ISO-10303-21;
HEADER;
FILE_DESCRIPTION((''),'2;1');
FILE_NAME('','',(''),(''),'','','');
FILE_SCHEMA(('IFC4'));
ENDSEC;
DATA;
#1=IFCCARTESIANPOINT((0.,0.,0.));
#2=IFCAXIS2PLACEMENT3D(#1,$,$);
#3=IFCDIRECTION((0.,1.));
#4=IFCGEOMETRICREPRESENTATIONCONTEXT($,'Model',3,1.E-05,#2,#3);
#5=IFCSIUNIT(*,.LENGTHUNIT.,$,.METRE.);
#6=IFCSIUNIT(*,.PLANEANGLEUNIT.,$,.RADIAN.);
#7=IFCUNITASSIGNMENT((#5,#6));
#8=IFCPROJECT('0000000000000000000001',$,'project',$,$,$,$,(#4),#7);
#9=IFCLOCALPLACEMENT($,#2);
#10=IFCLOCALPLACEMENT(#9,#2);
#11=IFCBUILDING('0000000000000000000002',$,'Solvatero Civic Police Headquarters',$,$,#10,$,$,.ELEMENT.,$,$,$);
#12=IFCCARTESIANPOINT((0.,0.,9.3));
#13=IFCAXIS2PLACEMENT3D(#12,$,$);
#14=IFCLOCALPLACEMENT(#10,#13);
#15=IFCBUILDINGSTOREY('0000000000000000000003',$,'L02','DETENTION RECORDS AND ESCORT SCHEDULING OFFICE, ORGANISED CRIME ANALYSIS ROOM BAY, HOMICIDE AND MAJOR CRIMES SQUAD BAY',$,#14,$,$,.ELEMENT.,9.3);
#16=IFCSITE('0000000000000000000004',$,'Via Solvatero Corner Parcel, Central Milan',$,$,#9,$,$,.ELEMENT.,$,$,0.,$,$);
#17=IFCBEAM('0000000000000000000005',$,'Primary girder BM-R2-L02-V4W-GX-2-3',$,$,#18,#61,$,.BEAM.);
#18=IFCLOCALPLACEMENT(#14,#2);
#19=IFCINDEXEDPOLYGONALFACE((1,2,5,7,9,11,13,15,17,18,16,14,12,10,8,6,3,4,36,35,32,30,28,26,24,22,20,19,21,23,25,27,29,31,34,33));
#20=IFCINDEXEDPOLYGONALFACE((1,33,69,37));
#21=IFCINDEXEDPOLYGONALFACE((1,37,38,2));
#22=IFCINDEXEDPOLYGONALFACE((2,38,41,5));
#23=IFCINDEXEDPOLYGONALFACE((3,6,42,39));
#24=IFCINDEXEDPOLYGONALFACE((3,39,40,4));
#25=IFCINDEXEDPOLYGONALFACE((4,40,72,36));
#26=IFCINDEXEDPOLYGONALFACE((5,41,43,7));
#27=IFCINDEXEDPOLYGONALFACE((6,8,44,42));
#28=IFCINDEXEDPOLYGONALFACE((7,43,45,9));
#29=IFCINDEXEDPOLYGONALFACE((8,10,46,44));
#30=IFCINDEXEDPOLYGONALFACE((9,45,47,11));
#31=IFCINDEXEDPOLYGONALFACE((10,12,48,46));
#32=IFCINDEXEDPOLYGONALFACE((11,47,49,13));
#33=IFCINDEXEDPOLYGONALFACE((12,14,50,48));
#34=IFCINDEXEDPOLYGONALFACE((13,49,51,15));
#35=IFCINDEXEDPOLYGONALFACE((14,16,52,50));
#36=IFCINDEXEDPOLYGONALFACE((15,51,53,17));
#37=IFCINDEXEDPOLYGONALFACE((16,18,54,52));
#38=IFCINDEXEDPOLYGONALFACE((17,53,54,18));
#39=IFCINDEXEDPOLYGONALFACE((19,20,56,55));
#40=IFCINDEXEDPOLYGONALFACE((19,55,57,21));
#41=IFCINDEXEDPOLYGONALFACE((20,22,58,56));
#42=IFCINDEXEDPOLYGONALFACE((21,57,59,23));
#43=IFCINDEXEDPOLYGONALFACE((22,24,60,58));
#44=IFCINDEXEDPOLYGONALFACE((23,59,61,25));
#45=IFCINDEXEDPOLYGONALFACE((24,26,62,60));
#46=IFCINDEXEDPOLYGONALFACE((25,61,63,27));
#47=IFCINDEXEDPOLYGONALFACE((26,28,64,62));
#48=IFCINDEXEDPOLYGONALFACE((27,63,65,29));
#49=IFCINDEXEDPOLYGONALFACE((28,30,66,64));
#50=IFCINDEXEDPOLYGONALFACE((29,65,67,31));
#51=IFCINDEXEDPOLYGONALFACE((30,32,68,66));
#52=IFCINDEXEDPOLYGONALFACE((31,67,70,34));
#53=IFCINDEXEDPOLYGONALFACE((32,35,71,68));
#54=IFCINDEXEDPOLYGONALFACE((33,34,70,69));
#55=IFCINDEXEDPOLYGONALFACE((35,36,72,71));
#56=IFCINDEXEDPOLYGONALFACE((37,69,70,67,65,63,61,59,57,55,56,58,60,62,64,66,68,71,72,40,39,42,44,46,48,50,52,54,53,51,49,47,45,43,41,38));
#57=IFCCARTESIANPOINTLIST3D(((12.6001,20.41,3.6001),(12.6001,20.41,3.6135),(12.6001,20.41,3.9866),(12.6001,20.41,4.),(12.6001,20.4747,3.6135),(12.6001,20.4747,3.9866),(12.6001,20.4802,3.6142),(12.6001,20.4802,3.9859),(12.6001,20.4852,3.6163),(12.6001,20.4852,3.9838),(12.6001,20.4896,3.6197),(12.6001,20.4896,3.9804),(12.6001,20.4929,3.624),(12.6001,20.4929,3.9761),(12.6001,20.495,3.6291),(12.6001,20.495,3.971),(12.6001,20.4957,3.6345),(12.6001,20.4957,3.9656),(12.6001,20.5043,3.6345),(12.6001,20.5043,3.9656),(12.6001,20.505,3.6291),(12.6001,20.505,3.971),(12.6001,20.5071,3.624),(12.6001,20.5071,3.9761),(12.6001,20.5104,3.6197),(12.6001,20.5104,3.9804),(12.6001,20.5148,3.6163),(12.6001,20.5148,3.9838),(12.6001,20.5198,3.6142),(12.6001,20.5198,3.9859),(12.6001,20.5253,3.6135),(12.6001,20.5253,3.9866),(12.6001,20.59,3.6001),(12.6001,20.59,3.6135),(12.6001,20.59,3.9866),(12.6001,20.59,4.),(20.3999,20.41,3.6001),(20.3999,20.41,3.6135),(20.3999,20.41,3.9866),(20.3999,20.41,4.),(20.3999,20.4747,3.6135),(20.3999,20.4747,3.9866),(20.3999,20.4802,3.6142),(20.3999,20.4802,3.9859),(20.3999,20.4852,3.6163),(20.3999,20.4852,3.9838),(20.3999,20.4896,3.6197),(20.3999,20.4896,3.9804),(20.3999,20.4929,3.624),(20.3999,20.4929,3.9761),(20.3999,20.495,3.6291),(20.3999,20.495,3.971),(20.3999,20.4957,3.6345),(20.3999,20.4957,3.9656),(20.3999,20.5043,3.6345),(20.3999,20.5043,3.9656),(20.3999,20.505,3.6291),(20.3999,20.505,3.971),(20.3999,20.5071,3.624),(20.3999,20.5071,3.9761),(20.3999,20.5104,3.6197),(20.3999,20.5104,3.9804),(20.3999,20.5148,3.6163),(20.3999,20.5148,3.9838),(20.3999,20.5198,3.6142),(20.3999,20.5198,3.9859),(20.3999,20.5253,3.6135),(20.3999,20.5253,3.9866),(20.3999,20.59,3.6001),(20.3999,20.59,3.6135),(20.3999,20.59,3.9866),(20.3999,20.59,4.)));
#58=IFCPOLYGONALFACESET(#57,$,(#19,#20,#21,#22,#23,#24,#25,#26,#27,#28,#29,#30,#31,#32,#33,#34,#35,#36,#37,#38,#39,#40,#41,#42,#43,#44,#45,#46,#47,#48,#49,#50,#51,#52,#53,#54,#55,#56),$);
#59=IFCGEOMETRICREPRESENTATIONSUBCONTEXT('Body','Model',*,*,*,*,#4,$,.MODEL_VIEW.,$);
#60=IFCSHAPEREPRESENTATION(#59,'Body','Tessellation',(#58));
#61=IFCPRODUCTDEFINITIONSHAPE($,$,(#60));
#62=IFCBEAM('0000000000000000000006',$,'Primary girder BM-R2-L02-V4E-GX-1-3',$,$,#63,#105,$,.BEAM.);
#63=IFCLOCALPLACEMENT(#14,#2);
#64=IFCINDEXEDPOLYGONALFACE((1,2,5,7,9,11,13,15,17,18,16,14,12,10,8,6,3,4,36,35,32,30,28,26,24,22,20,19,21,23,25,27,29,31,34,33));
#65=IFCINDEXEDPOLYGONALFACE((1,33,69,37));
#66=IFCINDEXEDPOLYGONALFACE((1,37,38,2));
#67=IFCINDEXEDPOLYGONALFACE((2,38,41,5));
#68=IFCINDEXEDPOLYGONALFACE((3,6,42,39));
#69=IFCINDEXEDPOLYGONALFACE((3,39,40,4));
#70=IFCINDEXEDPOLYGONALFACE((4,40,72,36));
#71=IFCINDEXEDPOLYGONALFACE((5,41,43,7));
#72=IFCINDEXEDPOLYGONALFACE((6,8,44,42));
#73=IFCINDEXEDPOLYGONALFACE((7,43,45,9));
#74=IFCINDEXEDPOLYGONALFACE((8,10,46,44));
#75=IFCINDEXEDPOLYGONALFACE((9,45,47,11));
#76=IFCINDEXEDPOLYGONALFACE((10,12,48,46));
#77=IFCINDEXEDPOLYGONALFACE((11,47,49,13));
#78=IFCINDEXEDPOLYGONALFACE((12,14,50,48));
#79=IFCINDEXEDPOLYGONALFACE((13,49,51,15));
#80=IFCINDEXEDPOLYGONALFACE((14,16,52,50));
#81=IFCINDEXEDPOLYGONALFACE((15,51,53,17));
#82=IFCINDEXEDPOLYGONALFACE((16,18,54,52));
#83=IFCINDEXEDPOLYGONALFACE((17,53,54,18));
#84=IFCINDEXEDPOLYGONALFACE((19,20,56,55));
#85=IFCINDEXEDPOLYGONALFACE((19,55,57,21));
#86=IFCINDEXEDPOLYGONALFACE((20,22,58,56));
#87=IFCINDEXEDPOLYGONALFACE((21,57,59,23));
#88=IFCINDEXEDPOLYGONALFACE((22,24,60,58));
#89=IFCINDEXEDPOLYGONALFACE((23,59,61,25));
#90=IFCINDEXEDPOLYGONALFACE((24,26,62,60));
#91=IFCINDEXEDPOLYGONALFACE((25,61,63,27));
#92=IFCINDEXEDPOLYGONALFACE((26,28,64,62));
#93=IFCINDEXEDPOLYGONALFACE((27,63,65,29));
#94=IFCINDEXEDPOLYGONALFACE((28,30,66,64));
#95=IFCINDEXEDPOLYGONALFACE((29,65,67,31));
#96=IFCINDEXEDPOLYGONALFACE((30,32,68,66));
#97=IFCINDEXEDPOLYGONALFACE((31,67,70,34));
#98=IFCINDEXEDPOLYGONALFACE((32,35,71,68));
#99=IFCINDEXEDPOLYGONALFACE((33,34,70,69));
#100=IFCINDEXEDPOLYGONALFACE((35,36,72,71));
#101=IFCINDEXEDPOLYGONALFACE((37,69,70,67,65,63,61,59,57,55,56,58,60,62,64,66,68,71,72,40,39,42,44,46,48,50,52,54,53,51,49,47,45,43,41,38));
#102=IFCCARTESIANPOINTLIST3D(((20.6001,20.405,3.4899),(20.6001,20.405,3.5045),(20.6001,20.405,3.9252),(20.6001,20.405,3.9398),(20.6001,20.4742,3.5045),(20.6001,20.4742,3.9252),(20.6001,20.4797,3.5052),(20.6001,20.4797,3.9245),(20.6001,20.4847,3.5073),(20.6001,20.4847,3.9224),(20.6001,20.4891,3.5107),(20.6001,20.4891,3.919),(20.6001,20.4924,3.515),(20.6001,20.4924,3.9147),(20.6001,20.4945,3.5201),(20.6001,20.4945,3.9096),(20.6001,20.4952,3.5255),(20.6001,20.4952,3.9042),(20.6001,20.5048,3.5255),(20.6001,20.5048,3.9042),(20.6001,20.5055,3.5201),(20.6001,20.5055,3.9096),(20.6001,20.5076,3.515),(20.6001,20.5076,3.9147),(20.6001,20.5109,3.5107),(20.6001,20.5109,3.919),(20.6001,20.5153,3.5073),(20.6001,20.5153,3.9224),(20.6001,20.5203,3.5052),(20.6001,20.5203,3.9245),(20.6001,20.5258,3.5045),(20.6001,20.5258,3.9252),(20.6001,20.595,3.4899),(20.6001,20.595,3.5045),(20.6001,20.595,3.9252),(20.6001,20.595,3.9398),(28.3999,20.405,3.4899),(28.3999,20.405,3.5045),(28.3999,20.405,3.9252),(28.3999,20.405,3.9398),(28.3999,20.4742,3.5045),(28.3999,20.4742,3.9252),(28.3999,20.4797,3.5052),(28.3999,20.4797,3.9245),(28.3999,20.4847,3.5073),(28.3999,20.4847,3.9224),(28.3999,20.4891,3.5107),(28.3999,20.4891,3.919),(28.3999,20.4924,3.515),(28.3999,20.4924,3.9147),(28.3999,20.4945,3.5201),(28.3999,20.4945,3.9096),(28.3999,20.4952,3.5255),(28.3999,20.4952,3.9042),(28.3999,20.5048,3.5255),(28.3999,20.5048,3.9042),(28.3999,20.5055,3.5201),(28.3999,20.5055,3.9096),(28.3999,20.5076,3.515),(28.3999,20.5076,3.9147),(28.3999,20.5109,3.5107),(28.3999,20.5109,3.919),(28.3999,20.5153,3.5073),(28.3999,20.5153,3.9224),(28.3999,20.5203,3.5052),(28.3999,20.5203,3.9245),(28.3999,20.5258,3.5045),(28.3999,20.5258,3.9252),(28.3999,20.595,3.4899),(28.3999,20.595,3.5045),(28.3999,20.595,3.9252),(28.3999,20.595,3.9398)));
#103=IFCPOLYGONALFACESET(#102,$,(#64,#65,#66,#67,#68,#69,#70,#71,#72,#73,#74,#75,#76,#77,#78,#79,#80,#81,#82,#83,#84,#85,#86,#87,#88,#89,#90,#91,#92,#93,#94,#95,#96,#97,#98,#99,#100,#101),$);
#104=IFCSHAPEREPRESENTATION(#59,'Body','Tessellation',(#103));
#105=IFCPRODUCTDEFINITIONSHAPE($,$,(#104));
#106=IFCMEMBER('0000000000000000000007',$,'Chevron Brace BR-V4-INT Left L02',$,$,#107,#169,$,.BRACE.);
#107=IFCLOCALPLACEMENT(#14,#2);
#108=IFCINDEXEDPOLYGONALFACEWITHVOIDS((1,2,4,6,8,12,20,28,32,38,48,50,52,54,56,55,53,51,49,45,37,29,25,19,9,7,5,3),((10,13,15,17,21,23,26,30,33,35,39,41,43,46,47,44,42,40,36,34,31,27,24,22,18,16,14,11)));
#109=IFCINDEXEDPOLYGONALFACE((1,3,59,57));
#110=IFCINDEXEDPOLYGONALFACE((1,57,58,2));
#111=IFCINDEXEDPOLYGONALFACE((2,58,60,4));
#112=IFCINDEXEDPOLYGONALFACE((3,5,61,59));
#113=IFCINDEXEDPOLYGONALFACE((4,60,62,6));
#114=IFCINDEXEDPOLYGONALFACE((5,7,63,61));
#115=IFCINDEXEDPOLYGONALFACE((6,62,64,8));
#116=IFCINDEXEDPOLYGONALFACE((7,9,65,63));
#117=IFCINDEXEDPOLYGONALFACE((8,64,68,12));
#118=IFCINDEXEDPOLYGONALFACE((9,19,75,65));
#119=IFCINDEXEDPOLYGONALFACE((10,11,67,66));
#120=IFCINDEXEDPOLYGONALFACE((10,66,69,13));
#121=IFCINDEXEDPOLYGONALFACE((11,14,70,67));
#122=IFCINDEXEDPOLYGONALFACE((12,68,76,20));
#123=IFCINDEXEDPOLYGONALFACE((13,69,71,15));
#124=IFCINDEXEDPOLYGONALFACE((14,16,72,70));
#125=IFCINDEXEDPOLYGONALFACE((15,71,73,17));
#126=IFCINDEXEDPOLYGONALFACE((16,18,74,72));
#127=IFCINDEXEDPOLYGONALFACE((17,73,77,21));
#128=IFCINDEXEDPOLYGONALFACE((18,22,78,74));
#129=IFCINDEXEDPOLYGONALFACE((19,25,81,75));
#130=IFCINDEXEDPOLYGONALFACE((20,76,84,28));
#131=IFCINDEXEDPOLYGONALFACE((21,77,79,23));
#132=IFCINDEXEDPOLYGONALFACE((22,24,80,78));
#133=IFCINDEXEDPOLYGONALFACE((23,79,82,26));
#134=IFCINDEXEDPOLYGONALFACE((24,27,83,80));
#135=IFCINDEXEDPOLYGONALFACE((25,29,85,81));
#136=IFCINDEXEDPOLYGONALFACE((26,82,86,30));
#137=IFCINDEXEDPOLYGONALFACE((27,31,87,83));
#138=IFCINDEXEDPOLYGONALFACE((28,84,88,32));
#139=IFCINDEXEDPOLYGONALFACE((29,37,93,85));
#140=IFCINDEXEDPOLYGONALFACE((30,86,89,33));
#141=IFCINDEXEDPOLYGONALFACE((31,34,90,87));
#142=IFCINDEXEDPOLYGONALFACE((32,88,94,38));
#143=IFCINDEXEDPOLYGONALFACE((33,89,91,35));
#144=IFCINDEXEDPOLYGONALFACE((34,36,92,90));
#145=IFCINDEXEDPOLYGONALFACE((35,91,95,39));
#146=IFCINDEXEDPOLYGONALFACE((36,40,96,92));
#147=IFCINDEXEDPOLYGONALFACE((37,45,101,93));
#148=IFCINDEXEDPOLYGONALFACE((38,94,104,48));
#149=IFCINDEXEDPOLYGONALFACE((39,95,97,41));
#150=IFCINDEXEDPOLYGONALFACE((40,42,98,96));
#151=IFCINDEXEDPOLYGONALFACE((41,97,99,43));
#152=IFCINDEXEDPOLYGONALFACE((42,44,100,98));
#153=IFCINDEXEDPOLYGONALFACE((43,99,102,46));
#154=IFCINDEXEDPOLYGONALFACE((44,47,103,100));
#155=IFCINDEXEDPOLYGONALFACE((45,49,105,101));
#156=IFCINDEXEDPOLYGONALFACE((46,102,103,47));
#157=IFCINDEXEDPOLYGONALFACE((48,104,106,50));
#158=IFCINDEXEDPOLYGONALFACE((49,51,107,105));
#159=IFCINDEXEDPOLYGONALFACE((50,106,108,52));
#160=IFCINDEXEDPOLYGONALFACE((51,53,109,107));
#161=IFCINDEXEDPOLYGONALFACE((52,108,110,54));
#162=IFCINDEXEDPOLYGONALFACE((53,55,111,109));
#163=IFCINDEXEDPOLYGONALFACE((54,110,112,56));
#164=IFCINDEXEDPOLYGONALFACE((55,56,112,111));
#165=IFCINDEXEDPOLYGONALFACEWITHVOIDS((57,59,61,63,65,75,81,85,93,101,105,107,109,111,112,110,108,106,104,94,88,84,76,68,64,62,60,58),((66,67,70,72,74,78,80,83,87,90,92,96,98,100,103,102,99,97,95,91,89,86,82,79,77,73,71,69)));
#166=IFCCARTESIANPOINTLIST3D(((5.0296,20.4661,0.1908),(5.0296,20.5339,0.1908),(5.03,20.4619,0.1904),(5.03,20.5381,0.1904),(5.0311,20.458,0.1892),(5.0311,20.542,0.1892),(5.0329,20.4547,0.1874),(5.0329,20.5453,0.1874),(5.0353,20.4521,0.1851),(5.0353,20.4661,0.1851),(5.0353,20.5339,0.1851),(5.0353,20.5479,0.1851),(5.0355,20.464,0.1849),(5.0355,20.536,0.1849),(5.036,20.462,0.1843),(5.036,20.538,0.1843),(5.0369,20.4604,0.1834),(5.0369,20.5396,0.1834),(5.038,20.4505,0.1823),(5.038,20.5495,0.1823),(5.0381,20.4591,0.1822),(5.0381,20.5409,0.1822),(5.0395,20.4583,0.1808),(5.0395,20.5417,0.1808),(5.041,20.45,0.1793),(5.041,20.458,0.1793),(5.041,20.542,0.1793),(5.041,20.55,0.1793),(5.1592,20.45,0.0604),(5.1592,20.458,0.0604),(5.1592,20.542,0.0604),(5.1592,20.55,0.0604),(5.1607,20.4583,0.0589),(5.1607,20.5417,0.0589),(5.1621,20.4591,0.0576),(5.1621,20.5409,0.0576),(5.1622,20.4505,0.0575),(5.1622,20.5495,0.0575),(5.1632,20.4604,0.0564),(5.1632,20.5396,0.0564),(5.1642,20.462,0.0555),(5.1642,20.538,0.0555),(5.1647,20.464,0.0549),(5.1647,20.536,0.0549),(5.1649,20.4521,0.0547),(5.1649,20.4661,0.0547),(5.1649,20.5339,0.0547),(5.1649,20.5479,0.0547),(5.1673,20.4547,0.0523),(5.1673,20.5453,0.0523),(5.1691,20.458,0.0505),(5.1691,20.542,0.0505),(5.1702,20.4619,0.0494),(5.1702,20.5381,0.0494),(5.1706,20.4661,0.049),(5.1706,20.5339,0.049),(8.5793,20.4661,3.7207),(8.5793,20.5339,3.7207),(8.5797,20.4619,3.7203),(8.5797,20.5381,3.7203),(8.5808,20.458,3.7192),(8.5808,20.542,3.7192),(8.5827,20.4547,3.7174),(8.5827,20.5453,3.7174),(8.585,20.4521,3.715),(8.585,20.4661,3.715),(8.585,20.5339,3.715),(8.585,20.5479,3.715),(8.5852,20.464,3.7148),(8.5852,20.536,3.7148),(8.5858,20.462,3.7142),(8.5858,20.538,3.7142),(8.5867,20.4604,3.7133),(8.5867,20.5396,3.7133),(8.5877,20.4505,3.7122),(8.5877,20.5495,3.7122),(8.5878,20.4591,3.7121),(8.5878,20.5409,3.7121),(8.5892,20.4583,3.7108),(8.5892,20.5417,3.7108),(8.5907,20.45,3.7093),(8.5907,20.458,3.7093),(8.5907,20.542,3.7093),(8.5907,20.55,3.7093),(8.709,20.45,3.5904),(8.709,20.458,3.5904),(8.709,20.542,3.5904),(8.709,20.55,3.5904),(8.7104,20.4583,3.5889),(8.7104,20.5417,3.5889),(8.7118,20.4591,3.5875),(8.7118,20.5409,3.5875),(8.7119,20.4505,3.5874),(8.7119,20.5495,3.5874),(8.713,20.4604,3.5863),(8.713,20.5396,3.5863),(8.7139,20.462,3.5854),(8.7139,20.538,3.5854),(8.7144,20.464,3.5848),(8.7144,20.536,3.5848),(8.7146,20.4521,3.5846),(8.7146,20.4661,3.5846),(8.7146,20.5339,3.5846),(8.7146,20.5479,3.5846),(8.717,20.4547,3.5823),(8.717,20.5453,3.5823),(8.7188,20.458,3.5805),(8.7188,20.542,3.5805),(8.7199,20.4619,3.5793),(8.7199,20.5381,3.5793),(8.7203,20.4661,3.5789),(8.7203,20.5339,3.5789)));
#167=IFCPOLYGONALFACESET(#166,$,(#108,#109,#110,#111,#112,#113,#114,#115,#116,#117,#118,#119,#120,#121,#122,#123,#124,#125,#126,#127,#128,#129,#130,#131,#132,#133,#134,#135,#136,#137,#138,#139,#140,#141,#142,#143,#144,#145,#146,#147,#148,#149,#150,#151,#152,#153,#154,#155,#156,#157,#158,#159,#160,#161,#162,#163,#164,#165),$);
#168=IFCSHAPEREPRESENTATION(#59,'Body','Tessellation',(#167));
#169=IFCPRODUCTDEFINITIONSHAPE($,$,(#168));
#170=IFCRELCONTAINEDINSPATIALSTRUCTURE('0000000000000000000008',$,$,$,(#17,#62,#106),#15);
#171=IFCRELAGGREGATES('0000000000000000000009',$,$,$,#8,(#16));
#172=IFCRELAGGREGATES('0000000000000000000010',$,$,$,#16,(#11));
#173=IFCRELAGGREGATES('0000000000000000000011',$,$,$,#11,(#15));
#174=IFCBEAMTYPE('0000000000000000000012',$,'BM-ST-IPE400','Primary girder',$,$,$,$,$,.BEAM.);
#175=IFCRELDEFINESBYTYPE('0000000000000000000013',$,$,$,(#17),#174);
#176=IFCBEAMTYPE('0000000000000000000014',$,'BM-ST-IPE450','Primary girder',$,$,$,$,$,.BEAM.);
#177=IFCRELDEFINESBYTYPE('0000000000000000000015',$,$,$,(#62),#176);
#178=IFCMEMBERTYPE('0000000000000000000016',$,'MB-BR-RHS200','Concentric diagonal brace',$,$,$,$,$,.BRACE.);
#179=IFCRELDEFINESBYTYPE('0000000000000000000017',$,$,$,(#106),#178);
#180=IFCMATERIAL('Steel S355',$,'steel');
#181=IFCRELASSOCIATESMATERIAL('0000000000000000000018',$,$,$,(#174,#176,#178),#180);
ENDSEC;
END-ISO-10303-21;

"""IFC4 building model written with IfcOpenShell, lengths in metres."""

from ifc_helpers import new_model, si_unit, direction, frame, origin, origin_2d, place, context, subcontext, project, spatial, hollow_rectangle, i_section, extrude, material, material_profile, profile_set, type_object, element, save


model = new_model("IFC4")

# Units and contexts
model_context = context("Model", 3, precision=1e-05, world=origin(), true_north=direction((0.0, 1.0)))
body_context = subcontext(model_context, "Body", "Model", "MODEL_VIEW")
ifc_project = project(units=[si_unit("LENGTHUNIT", "METRE"), si_unit("PLANEANGLEUNIT", "RADIAN")], contexts=[model_context])

# Site, building, storey
site_placement = place(None, origin())
site = spatial("IfcSite", under=ifc_project, at=site_placement, Name="Via Solvatero Corner Parcel, Central Milan", CompositionType="ELEMENT", RefElevation=0.0)
building_placement = place(site_placement, origin())
building = spatial("IfcBuilding", under=site, at=building_placement, Name="Solvatero Civic Police Headquarters", CompositionType="ELEMENT")
storey_placement = place(building_placement, frame((0.0, 0.0, 9.3)))
storey = spatial("IfcBuildingStorey", under=building, at=storey_placement, Name="L02", Description="DETENTION RECORDS AND ESCORT SCHEDULING OFFICE, ORGANISED CRIME ANALYSIS ROOM BAY, HOMICIDE AND MAJOR CRIMES SQUAD BAY", CompositionType="ELEMENT", Elevation=9.3)

# Shared definitions
ifc_material_1 = material(Name="Steel S355", Category="steel")

# Beams
ifc_material_profile_1 = material_profile(ifc_material_1, i_section(OverallWidth=0.1799, OverallDepth=0.3999, WebThickness=0.0085, FlangeThickness=0.0134, FilletRadius=0.021, at=origin_2d()), Name="IPE 400")
ifc_profile_set_1 = profile_set([ifc_material_profile_1], Name="Steel S355")
beam_type_1 = type_object("IfcBeamType", Name="BM-ST-IPE400", Description="Primary girder", PredefinedType="BEAM", material=ifc_profile_set_1)
beam_1_placement = place(storey_placement, frame((12.6001, 20.5, 3.8), z_axis=(1.0, 0.0, 0.0), x_axis=(0.0, 1.0, 0.0)))
element("IfcBeam", 1, at=beam_1_placement, inside=storey, type_object=beam_type_1, Name="Primary girder BM-R2-L02-V4W-GX-2-3", PredefinedType="BEAM", context=body_context, shape_type="SweptSolid", body=[
    extrude(i_section(OverallWidth=0.1799, OverallDepth=0.3999, WebThickness=0.0085, FlangeThickness=0.0134, FilletRadius=0.021, at=origin_2d()), origin(), (0.0, 0.0, 1.0), 7.7998),
])
ifc_material_profile_2 = material_profile(ifc_material_1, i_section(OverallWidth=0.1899, OverallDepth=0.45, WebThickness=0.0095, FlangeThickness=0.0146, FilletRadius=0.021, at=origin_2d()), Name="IPE 450")
ifc_profile_set_2 = profile_set([ifc_material_profile_2], Name="Steel S355")
beam_type_2 = type_object("IfcBeamType", Name="BM-ST-IPE450", Description="Primary girder", PredefinedType="BEAM", material=ifc_profile_set_2)
beam_2_placement = place(storey_placement, frame((20.6001, 20.5, 3.7148), z_axis=(1.0, 0.0, 0.0), x_axis=(0.0, 1.0, 0.0)))
element("IfcBeam", 2, at=beam_2_placement, inside=storey, type_object=beam_type_2, Name="Primary girder BM-R2-L02-V4E-GX-1-3", PredefinedType="BEAM", context=body_context, shape_type="SweptSolid", body=[
    extrude(i_section(OverallWidth=0.1899, OverallDepth=0.45, WebThickness=0.0095, FlangeThickness=0.0146, FilletRadius=0.021, at=origin_2d()), origin(), (0.0, 0.0, 1.0), 7.7998),
])

# Member
ifc_material_profile_3 = material_profile(ifc_material_1, hollow_rectangle(XDim=0.1001, YDim=0.2, WallThickness=0.0081, InnerFilletRadius=0.0081, OuterFilletRadius=0.0161, at=origin_2d()), Name="RHS 200x100x8.0")
ifc_profile_set_3 = profile_set([ifc_material_profile_3], Name="Steel S355")
member_type = type_object("IfcMemberType", Name="MB-BR-RHS200", Description="Concentric diagonal brace", PredefinedType="BRACE", material=ifc_profile_set_3)
member_1_placement = place(storey_placement, frame((5.1001, 20.5, 0.1199), z_axis=(0.709079, 0.0, 0.705129), x_axis=(0.0, 1.0, 0.0)))
element("IfcMember", 3, at=member_1_placement, inside=storey, type_object=member_type, Name="Chevron Brace BR-V4-INT Left L02", PredefinedType="BRACE", context=body_context, shape_type="SweptSolid", body=[
    extrude(hollow_rectangle(XDim=0.1001, YDim=0.2, WallThickness=0.0081, InnerFilletRadius=0.0081, OuterFilletRadius=0.0161, at=origin_2d()), origin(), (0.0, 0.0, 1.0), 5.0061),
])

save(model, "model.ifc")
